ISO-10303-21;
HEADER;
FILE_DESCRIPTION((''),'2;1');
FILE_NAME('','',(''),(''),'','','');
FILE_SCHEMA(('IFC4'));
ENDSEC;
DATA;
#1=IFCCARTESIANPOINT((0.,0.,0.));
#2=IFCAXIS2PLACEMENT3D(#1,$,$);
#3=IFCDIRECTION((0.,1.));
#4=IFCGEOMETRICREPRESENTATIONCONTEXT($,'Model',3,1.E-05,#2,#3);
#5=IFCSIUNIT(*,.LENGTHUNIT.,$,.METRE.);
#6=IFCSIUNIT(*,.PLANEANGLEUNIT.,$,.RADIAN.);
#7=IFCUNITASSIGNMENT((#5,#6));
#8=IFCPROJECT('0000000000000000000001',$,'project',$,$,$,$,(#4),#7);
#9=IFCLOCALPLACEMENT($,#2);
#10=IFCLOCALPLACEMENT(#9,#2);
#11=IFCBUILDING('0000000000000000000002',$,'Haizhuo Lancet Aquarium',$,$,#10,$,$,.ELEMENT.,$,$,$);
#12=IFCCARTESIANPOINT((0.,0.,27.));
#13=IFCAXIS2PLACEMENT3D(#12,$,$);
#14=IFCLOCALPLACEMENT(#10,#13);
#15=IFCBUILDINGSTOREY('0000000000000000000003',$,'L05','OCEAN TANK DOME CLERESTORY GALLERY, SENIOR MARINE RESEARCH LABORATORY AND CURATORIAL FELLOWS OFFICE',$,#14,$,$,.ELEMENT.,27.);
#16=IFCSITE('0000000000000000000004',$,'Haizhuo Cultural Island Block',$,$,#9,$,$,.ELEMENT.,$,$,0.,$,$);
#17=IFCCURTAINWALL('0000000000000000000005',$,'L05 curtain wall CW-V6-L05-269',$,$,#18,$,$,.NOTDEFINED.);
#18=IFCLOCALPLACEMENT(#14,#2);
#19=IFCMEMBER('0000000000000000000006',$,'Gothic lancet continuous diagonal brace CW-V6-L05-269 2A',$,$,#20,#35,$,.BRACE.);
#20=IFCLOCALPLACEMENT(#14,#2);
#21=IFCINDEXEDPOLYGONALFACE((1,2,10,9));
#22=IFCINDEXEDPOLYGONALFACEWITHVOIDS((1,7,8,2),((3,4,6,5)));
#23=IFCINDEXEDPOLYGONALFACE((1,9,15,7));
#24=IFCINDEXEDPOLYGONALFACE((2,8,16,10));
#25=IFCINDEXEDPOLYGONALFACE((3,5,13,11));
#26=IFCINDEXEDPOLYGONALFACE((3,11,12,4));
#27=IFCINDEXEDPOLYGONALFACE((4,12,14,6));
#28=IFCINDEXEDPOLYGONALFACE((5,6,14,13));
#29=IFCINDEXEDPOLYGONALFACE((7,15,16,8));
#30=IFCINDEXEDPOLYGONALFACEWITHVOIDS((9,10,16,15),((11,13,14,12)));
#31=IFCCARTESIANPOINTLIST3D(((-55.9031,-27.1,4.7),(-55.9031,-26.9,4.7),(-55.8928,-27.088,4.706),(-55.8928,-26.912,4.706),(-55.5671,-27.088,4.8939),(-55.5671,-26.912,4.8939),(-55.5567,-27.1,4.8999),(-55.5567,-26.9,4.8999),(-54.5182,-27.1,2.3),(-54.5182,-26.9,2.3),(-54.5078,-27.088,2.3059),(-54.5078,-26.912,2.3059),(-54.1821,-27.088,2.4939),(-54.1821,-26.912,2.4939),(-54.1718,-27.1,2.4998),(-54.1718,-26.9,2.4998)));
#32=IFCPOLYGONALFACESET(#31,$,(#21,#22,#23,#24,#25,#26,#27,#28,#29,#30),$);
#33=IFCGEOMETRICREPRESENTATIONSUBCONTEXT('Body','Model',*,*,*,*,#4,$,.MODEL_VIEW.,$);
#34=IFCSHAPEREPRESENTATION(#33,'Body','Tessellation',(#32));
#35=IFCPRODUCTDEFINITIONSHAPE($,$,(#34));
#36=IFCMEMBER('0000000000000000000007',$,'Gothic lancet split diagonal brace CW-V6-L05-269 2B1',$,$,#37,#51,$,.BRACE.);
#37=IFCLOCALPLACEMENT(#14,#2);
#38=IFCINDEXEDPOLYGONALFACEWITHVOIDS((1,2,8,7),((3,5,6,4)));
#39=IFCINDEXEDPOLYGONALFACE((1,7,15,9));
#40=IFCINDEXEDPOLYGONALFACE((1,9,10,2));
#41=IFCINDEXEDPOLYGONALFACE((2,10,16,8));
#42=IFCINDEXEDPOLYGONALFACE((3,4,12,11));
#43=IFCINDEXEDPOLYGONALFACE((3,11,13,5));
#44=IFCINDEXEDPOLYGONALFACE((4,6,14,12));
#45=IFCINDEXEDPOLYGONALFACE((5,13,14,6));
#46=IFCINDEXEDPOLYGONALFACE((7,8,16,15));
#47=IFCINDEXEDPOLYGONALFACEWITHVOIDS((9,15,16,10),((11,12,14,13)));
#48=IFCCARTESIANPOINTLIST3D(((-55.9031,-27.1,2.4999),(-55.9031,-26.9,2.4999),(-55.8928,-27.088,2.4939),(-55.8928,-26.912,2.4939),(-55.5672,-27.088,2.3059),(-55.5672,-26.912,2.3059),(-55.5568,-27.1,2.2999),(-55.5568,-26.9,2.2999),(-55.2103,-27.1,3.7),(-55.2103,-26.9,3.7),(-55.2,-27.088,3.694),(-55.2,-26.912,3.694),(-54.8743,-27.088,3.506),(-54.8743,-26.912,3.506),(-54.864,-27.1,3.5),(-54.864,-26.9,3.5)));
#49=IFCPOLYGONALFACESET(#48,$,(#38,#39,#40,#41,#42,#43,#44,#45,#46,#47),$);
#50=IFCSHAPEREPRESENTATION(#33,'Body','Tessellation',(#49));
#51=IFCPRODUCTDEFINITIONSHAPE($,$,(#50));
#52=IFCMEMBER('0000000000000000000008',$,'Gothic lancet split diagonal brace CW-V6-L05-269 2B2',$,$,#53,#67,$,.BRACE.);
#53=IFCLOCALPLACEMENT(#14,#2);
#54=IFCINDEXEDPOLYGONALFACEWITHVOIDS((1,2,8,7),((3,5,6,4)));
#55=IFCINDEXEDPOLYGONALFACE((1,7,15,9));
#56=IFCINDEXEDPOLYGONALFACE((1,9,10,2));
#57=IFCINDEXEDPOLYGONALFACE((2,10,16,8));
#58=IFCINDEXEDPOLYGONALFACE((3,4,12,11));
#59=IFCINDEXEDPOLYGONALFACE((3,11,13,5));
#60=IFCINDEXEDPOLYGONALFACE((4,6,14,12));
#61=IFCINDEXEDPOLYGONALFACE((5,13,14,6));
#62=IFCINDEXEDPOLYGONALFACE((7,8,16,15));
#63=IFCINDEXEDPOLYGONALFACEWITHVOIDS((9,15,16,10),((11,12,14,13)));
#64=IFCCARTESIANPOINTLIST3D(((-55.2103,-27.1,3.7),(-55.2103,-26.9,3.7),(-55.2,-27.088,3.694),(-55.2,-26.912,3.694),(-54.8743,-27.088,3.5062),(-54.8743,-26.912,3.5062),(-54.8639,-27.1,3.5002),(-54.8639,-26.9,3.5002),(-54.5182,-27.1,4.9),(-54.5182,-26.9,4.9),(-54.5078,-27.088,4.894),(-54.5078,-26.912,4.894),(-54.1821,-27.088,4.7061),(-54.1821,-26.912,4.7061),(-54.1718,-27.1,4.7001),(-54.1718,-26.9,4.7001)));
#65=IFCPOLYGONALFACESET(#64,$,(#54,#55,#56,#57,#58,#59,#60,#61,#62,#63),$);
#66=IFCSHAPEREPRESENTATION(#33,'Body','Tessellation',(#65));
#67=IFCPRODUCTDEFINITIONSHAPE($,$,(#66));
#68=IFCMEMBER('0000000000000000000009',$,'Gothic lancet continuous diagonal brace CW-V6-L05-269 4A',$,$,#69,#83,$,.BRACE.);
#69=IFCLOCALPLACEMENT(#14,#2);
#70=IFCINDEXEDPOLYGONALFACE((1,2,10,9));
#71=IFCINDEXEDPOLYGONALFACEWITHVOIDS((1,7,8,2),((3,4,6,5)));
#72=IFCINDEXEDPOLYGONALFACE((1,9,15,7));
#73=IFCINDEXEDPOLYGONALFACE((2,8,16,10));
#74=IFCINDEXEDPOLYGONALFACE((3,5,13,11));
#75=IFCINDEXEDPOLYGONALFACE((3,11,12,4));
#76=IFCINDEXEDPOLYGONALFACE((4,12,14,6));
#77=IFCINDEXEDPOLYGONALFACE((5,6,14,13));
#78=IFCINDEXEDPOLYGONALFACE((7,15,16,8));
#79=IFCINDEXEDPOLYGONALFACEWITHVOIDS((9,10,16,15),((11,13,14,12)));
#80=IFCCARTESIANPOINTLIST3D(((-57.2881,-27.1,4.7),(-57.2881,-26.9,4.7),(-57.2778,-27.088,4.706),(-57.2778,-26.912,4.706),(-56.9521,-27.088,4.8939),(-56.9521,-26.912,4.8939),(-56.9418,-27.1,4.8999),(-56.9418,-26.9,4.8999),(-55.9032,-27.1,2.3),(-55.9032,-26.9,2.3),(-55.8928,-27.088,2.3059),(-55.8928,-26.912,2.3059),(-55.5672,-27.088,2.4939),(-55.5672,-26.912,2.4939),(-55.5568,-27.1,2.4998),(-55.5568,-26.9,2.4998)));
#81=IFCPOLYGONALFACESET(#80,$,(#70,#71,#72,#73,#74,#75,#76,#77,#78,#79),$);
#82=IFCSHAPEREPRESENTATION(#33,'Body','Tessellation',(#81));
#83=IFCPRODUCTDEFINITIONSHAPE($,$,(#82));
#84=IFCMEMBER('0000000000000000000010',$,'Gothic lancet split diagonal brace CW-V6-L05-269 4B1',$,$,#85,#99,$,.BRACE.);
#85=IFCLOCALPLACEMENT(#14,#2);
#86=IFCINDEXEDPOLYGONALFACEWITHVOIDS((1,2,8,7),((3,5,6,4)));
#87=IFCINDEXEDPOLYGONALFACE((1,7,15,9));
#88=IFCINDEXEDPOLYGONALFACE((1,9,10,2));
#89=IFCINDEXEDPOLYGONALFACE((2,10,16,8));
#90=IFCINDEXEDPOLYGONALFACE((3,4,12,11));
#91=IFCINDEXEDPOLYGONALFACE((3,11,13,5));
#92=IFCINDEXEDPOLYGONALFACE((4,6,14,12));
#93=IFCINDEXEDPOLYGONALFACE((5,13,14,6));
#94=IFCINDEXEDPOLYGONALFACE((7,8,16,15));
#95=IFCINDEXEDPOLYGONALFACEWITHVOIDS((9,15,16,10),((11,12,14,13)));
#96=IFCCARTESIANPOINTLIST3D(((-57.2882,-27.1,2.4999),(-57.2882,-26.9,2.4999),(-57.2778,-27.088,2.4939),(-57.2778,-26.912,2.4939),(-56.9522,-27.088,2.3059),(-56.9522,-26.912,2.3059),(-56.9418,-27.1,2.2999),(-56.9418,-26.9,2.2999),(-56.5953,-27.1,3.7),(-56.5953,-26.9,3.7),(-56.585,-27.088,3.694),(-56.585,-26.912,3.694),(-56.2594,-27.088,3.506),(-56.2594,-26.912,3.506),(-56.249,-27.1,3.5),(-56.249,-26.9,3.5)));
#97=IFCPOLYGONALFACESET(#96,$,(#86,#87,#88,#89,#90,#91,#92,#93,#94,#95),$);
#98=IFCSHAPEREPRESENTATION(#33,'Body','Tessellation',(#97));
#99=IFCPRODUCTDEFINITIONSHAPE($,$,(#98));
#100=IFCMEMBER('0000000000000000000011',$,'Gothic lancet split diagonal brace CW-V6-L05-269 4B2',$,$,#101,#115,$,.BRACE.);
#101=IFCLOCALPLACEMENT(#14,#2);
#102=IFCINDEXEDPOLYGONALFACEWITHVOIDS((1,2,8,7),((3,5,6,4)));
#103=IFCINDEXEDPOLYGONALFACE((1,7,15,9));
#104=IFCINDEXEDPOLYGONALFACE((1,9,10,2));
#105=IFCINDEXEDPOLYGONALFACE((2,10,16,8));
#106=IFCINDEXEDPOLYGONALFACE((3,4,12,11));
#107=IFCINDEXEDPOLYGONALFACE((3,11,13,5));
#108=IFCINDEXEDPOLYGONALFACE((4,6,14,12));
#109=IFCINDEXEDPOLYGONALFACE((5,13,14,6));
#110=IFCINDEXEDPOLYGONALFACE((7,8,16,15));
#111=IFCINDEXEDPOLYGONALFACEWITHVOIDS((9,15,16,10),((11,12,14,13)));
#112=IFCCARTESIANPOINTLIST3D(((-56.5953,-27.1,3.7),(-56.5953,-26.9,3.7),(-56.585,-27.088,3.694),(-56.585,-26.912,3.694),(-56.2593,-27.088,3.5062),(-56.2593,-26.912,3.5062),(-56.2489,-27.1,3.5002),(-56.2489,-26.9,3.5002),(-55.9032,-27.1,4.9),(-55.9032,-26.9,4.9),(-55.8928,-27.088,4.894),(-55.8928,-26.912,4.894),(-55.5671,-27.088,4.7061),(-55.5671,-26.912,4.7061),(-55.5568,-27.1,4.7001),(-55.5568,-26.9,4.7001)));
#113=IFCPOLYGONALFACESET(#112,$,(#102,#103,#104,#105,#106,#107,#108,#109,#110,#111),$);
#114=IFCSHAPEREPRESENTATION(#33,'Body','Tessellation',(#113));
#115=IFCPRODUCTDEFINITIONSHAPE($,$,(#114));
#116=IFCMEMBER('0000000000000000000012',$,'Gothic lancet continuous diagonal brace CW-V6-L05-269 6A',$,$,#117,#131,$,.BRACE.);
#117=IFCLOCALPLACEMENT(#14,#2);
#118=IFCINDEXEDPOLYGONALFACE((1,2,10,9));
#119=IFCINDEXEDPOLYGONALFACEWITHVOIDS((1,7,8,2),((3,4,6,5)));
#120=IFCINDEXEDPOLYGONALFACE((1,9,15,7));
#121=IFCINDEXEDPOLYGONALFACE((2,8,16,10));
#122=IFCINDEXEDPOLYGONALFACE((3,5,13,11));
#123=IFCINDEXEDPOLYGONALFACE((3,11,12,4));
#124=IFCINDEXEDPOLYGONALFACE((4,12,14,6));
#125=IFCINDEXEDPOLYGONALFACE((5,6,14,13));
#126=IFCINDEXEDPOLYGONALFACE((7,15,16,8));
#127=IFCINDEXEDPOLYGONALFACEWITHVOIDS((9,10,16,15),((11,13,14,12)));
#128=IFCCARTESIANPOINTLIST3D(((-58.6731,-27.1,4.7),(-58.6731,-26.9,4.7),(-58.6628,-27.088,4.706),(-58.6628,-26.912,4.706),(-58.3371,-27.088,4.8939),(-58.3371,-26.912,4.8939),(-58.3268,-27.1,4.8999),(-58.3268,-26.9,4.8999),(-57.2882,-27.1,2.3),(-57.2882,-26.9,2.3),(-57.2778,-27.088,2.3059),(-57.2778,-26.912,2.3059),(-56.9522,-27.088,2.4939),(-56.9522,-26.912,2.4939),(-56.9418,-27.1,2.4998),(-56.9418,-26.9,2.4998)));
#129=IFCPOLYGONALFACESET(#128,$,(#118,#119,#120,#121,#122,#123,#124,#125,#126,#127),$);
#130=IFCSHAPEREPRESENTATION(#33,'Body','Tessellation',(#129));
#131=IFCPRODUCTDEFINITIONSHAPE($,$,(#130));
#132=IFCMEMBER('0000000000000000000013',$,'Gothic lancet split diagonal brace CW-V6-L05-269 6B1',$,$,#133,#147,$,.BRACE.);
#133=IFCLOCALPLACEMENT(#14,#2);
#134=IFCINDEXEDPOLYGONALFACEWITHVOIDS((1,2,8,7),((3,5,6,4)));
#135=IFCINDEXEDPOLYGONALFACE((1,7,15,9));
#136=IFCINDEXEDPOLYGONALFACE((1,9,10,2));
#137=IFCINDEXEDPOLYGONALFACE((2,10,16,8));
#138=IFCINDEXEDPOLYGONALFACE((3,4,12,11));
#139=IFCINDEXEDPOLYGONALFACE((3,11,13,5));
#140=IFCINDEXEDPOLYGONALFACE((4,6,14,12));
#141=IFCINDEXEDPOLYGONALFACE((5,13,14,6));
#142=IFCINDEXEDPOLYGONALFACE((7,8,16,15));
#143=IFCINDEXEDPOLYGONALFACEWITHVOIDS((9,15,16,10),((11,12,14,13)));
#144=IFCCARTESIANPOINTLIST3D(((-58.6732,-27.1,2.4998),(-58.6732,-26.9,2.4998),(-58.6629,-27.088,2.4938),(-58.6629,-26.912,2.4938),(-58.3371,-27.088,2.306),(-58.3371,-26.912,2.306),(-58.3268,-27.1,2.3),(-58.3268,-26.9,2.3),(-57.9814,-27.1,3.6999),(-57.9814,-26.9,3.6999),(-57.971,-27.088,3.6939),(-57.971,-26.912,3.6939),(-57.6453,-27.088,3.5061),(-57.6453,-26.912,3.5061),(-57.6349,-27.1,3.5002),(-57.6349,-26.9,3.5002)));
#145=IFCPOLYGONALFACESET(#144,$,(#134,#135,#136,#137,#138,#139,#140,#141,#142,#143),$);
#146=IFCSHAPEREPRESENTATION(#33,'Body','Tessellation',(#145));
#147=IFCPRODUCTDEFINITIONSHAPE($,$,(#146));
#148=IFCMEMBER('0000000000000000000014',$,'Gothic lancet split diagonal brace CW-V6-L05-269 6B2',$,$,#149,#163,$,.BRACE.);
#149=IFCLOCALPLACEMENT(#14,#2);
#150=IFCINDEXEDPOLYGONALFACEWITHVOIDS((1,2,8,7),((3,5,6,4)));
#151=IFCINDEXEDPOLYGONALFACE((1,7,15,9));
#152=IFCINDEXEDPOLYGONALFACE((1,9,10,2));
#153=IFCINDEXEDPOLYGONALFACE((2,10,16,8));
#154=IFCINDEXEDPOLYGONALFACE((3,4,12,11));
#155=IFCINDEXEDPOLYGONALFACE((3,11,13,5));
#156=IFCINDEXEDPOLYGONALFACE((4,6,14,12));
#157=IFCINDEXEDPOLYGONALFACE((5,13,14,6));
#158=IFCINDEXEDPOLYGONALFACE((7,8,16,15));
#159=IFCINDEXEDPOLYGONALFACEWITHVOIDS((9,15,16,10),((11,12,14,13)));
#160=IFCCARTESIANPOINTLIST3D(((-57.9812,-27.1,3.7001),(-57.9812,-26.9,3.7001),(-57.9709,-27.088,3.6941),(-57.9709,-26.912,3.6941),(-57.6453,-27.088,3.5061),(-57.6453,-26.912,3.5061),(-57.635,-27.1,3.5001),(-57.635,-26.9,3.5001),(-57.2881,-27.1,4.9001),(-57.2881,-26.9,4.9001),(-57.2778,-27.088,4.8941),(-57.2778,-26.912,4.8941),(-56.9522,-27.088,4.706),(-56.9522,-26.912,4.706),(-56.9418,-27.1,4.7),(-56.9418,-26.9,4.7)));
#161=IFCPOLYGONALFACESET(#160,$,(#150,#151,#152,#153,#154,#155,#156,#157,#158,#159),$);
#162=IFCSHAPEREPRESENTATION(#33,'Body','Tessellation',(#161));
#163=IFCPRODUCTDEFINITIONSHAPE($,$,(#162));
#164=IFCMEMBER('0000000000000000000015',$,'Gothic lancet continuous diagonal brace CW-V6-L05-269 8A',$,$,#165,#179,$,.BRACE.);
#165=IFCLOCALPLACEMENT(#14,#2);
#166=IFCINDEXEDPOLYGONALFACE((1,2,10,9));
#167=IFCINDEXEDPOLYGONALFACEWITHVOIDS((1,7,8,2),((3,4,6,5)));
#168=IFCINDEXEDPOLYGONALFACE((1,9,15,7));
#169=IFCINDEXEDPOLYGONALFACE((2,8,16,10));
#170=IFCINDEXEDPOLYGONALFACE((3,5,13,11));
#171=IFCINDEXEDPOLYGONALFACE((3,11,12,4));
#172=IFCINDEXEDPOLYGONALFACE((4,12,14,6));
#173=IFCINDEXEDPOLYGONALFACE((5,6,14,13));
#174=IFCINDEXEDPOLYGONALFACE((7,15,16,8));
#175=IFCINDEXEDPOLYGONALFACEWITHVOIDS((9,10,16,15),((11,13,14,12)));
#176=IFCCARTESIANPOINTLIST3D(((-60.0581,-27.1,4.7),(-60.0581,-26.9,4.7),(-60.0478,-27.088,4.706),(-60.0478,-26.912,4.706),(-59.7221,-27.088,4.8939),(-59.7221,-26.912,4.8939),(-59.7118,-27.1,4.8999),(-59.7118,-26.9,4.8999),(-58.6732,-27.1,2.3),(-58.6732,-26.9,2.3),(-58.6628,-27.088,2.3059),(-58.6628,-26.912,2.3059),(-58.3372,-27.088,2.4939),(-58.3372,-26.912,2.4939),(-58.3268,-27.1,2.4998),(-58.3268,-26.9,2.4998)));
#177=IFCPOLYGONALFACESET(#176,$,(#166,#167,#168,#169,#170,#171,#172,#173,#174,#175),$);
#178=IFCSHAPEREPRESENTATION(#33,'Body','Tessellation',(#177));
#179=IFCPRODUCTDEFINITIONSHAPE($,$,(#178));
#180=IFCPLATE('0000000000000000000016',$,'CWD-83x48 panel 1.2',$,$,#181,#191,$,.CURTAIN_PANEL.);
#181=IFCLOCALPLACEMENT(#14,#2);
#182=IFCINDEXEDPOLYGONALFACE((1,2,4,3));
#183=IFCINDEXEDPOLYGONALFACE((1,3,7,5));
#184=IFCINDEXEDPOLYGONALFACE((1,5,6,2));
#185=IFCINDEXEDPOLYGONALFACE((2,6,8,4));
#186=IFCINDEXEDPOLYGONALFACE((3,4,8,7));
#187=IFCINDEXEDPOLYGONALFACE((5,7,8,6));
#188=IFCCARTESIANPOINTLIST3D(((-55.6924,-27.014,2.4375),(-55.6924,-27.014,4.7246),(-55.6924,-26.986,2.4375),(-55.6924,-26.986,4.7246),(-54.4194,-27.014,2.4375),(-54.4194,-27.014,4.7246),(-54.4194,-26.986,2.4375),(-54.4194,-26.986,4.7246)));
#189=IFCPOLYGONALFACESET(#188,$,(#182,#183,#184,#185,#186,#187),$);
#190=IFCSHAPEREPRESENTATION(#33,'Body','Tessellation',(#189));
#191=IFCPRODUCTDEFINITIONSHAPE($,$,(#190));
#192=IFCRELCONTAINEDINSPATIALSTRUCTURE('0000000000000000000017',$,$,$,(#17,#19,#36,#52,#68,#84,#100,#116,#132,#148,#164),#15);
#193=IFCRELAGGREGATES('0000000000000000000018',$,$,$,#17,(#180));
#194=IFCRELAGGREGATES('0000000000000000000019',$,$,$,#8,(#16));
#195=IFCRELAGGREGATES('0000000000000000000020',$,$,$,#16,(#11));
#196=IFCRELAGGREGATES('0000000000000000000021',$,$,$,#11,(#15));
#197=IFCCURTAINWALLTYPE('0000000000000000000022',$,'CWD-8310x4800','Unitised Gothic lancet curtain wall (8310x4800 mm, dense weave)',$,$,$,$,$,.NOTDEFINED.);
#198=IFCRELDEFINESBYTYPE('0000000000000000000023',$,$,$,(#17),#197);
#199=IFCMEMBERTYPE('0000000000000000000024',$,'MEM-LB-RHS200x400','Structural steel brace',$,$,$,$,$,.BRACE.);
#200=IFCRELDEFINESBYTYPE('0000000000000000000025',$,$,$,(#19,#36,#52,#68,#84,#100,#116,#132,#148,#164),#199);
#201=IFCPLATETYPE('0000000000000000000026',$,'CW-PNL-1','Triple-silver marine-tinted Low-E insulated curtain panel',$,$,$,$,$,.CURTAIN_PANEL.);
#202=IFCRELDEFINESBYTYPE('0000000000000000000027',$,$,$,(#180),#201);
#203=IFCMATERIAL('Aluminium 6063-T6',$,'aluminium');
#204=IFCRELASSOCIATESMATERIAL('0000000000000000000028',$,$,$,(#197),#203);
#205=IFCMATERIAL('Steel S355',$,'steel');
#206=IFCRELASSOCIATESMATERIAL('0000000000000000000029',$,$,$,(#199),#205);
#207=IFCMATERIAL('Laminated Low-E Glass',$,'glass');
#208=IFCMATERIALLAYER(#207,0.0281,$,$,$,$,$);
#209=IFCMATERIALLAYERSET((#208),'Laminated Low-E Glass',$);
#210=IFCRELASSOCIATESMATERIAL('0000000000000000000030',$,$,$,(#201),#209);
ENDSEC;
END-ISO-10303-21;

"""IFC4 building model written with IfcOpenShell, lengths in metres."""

from ifc_helpers import new_model, si_unit, direction, frame, origin, origin_2d, place, context, subcontext, project, spatial, rectangle, hollow_rectangle, extrude, material, layer, layer_set, material_profile, profile_set, type_object, element, aggregate, save


model = new_model("IFC4")

# Units and contexts
model_context = context("Model", 3, precision=1e-05, world=origin(), true_north=direction((0.0, 1.0)))
body_context = subcontext(model_context, "Body", "Model", "MODEL_VIEW")
ifc_project = project(units=[si_unit("LENGTHUNIT", "METRE"), si_unit("PLANEANGLEUNIT", "RADIAN")], contexts=[model_context])

# Site, building, storey
site_placement = place(None, origin())
site = spatial("IfcSite", under=ifc_project, at=site_placement, Name="Haizhuo Cultural Island Block", CompositionType="ELEMENT", RefElevation=0.0)
building_placement = place(site_placement, origin())
building = spatial("IfcBuilding", under=site, at=building_placement, Name="Haizhuo Lancet Aquarium", CompositionType="ELEMENT")
storey_placement = place(building_placement, frame((0.0, 0.0, 27.0)))
storey = spatial("IfcBuildingStorey", under=building, at=storey_placement, Name="L05", Description="OCEAN TANK DOME CLERESTORY GALLERY, SENIOR MARINE RESEARCH LABORATORY AND CURATORIAL FELLOWS OFFICE", CompositionType="ELEMENT", Elevation=27.0)

# Shared definitions
ifc_material_1 = material(Name="Steel S355", Category="steel")

# Curtain wall
ifc_material_2 = material(Name="Aluminium 6063-T6", Category="aluminium")
curtain_wall_type = type_object("IfcCurtainWallType", Name="CWD-8310x4800", Description="Unitised Gothic lancet curtain wall (8310x4800 mm, dense weave)", PredefinedType="NOTDEFINED", material=ifc_material_2)
curtain_wall_placement = place(storey_placement, origin())
curtain_wall = element("IfcCurtainWall", 1, at=curtain_wall_placement, inside=storey, type_object=curtain_wall_type, Name="L05 curtain wall CW-V6-L05-269", PredefinedType="NOTDEFINED")

# Members
ifc_material_profile_1 = material_profile(ifc_material_1, hollow_rectangle(XDim=0.2, YDim=0.3999, WallThickness=0.012, at=origin_2d()), Name="RHS 200x400x12")
ifc_profile_set_1 = profile_set([ifc_material_profile_1], Name="Steel S355")
member_type_1 = type_object("IfcMemberType", Name="MEM-LB-RHS200x400", Description="Structural steel brace", PredefinedType="BRACE", material=ifc_profile_set_1)
member_1_placement = place(storey_placement, frame((-54.345, -27.0, 2.3999), z_axis=(-0.499806, 0.0, 0.866137), x_axis=(0.0, -1.0, 0.0)))
element("IfcMember", 2, at=member_1_placement, inside=storey, type_object=member_type_1, Name="Gothic lancet continuous diagonal brace CW-V6-L05-269 2A", PredefinedType="BRACE", context=body_context, shape_type="SweptSolid", body=[
    extrude(hollow_rectangle(XDim=0.2, YDim=0.3999, WallThickness=0.012, at=origin_2d()), origin(), (0.0, 0.0, 1.0), 2.771),
])
member_2_placement = place(storey_placement, frame((-55.73, -27.0, 2.3999), z_axis=(0.499966, 0.0, 0.866045), x_axis=(0.0, 1.0, 0.0)))
element("IfcMember", 3, at=member_2_placement, inside=storey, type_object=member_type_1, Name="Gothic lancet split diagonal brace CW-V6-L05-269 2B1", PredefinedType="BRACE", context=body_context, shape_type="SweptSolid", body=[
    extrude(hollow_rectangle(XDim=0.2, YDim=0.3999, WallThickness=0.012, at=origin_2d()), origin(), (0.0, 0.0, 1.0), 1.3857),
])
member_3_placement = place(storey_placement, frame((-55.0371, -27.0, 3.6001), z_axis=(0.499646, 0.0, 0.86623), x_axis=(0.0, 1.0, 0.0)))
element("IfcMember", 4, at=member_3_placement, inside=storey, type_object=member_type_1, Name="Gothic lancet split diagonal brace CW-V6-L05-269 2B2", PredefinedType="BRACE", context=body_context, shape_type="SweptSolid", body=[
    extrude(hollow_rectangle(XDim=0.2, YDim=0.3999, WallThickness=0.012, at=origin_2d()), origin(), (0.0, 0.0, 1.0), 1.3853),
])
member_4_placement = place(storey_placement, frame((-55.73, -27.0, 2.3999), z_axis=(-0.499806, 0.0, 0.866137), x_axis=(0.0, -1.0, 0.0)))
element("IfcMember", 5, at=member_4_placement, inside=storey, type_object=member_type_1, Name="Gothic lancet continuous diagonal brace CW-V6-L05-269 4A", PredefinedType="BRACE", context=body_context, shape_type="SweptSolid", body=[
    extrude(hollow_rectangle(XDim=0.2, YDim=0.3999, WallThickness=0.012, at=origin_2d()), origin(), (0.0, 0.0, 1.0), 2.771),
])
member_5_placement = place(storey_placement, frame((-57.115, -27.0, 2.3999), z_axis=(0.499966, 0.0, 0.866045), x_axis=(0.0, 1.0, 0.0)))
element("IfcMember", 6, at=member_5_placement, inside=storey, type_object=member_type_1, Name="Gothic lancet split diagonal brace CW-V6-L05-269 4B1", PredefinedType="BRACE", context=body_context, shape_type="SweptSolid", body=[
    extrude(hollow_rectangle(XDim=0.2, YDim=0.3999, WallThickness=0.012, at=origin_2d()), origin(), (0.0, 0.0, 1.0), 1.3857),
])
member_6_placement = place(storey_placement, frame((-56.4221, -27.0, 3.6001), z_axis=(0.499646, 0.0, 0.86623), x_axis=(0.0, 1.0, 0.0)))
element("IfcMember", 7, at=member_6_placement, inside=storey, type_object=member_type_1, Name="Gothic lancet split diagonal brace CW-V6-L05-269 4B2", PredefinedType="BRACE", context=body_context, shape_type="SweptSolid", body=[
    extrude(hollow_rectangle(XDim=0.2, YDim=0.3999, WallThickness=0.012, at=origin_2d()), origin(), (0.0, 0.0, 1.0), 1.3853),
])
member_7_placement = place(storey_placement, frame((-57.115, -27.0, 2.3999), z_axis=(-0.499806, 0.0, 0.866137), x_axis=(0.0, -1.0, 0.0)))
element("IfcMember", 8, at=member_7_placement, inside=storey, type_object=member_type_1, Name="Gothic lancet continuous diagonal brace CW-V6-L05-269 6A", PredefinedType="BRACE", context=body_context, shape_type="SweptSolid", body=[
    extrude(hollow_rectangle(XDim=0.2, YDim=0.3999, WallThickness=0.012, at=origin_2d()), origin(), (0.0, 0.0, 1.0), 2.771),
])
member_8_placement = place(storey_placement, frame((-58.5, -27.0, 2.3999), z_axis=(0.499438, 0.0, 0.86635), x_axis=(0.0, 1.0, 0.0)))
element("IfcMember", 9, at=member_8_placement, inside=storey, type_object=member_type_1, Name="Gothic lancet split diagonal brace CW-V6-L05-269 6B1", PredefinedType="BRACE", context=body_context, shape_type="SweptSolid", body=[
    extrude(hollow_rectangle(XDim=0.2, YDim=0.3999, WallThickness=0.012, at=origin_2d()), origin(), (0.0, 0.0, 1.0), 1.3853),
])
member_9_placement = place(storey_placement, frame((-57.8081, -27.0, 3.6001), z_axis=(0.500175, 0.0, 0.865924), x_axis=(0.0, 1.0, 0.0)))
element("IfcMember", 10, at=member_9_placement, inside=storey, type_object=member_type_1, Name="Gothic lancet split diagonal brace CW-V6-L05-269 6B2", PredefinedType="BRACE", context=body_context, shape_type="SweptSolid", body=[
    extrude(hollow_rectangle(XDim=0.2, YDim=0.3999, WallThickness=0.012, at=origin_2d()), origin(), (0.0, 0.0, 1.0), 1.3857),
])
member_10_placement = place(storey_placement, frame((-58.5, -27.0, 2.3999), z_axis=(-0.499806, 0.0, 0.866137), x_axis=(0.0, -1.0, 0.0)))
element("IfcMember", 11, at=member_10_placement, inside=storey, type_object=member_type_1, Name="Gothic lancet continuous diagonal brace CW-V6-L05-269 8A", PredefinedType="BRACE", context=body_context, shape_type="SweptSolid", body=[
    extrude(hollow_rectangle(XDim=0.2, YDim=0.3999, WallThickness=0.012, at=origin_2d()), origin(), (0.0, 0.0, 1.0), 2.771),
])

# Plate
ifc_material_3 = material(Name="Laminated Low-E Glass", Category="glass")
ifc_layer = layer(ifc_material_3, 0.0281)
ifc_layer_set = layer_set([ifc_layer], Name="Laminated Low-E Glass")
plate_type = type_object("IfcPlateType", Name="CW-PNL-1", Description="Triple-silver marine-tinted Low-E insulated curtain panel", PredefinedType="CURTAIN_PANEL", material=ifc_layer_set)
plate_1_placement = place(storey_placement, frame((-55.0559, -27.0, 2.4375), z_axis=(0.0, 0.0, 1.0), x_axis=(-1.0, 0.0, 0.0)))
plate_1 = element("IfcPlate", 12, at=plate_1_placement, type_object=plate_type, Name="CWD-83x48 panel 1.2", PredefinedType="CURTAIN_PANEL", context=body_context, shape_type="SweptSolid", body=[
    extrude(rectangle(XDim=1.2729, YDim=0.0281, at=origin_2d()), origin(), (0.0, 0.0, 1.0), 2.2871),
])
aggregate(curtain_wall, [plate_1])

save(model, "model.ifc")
